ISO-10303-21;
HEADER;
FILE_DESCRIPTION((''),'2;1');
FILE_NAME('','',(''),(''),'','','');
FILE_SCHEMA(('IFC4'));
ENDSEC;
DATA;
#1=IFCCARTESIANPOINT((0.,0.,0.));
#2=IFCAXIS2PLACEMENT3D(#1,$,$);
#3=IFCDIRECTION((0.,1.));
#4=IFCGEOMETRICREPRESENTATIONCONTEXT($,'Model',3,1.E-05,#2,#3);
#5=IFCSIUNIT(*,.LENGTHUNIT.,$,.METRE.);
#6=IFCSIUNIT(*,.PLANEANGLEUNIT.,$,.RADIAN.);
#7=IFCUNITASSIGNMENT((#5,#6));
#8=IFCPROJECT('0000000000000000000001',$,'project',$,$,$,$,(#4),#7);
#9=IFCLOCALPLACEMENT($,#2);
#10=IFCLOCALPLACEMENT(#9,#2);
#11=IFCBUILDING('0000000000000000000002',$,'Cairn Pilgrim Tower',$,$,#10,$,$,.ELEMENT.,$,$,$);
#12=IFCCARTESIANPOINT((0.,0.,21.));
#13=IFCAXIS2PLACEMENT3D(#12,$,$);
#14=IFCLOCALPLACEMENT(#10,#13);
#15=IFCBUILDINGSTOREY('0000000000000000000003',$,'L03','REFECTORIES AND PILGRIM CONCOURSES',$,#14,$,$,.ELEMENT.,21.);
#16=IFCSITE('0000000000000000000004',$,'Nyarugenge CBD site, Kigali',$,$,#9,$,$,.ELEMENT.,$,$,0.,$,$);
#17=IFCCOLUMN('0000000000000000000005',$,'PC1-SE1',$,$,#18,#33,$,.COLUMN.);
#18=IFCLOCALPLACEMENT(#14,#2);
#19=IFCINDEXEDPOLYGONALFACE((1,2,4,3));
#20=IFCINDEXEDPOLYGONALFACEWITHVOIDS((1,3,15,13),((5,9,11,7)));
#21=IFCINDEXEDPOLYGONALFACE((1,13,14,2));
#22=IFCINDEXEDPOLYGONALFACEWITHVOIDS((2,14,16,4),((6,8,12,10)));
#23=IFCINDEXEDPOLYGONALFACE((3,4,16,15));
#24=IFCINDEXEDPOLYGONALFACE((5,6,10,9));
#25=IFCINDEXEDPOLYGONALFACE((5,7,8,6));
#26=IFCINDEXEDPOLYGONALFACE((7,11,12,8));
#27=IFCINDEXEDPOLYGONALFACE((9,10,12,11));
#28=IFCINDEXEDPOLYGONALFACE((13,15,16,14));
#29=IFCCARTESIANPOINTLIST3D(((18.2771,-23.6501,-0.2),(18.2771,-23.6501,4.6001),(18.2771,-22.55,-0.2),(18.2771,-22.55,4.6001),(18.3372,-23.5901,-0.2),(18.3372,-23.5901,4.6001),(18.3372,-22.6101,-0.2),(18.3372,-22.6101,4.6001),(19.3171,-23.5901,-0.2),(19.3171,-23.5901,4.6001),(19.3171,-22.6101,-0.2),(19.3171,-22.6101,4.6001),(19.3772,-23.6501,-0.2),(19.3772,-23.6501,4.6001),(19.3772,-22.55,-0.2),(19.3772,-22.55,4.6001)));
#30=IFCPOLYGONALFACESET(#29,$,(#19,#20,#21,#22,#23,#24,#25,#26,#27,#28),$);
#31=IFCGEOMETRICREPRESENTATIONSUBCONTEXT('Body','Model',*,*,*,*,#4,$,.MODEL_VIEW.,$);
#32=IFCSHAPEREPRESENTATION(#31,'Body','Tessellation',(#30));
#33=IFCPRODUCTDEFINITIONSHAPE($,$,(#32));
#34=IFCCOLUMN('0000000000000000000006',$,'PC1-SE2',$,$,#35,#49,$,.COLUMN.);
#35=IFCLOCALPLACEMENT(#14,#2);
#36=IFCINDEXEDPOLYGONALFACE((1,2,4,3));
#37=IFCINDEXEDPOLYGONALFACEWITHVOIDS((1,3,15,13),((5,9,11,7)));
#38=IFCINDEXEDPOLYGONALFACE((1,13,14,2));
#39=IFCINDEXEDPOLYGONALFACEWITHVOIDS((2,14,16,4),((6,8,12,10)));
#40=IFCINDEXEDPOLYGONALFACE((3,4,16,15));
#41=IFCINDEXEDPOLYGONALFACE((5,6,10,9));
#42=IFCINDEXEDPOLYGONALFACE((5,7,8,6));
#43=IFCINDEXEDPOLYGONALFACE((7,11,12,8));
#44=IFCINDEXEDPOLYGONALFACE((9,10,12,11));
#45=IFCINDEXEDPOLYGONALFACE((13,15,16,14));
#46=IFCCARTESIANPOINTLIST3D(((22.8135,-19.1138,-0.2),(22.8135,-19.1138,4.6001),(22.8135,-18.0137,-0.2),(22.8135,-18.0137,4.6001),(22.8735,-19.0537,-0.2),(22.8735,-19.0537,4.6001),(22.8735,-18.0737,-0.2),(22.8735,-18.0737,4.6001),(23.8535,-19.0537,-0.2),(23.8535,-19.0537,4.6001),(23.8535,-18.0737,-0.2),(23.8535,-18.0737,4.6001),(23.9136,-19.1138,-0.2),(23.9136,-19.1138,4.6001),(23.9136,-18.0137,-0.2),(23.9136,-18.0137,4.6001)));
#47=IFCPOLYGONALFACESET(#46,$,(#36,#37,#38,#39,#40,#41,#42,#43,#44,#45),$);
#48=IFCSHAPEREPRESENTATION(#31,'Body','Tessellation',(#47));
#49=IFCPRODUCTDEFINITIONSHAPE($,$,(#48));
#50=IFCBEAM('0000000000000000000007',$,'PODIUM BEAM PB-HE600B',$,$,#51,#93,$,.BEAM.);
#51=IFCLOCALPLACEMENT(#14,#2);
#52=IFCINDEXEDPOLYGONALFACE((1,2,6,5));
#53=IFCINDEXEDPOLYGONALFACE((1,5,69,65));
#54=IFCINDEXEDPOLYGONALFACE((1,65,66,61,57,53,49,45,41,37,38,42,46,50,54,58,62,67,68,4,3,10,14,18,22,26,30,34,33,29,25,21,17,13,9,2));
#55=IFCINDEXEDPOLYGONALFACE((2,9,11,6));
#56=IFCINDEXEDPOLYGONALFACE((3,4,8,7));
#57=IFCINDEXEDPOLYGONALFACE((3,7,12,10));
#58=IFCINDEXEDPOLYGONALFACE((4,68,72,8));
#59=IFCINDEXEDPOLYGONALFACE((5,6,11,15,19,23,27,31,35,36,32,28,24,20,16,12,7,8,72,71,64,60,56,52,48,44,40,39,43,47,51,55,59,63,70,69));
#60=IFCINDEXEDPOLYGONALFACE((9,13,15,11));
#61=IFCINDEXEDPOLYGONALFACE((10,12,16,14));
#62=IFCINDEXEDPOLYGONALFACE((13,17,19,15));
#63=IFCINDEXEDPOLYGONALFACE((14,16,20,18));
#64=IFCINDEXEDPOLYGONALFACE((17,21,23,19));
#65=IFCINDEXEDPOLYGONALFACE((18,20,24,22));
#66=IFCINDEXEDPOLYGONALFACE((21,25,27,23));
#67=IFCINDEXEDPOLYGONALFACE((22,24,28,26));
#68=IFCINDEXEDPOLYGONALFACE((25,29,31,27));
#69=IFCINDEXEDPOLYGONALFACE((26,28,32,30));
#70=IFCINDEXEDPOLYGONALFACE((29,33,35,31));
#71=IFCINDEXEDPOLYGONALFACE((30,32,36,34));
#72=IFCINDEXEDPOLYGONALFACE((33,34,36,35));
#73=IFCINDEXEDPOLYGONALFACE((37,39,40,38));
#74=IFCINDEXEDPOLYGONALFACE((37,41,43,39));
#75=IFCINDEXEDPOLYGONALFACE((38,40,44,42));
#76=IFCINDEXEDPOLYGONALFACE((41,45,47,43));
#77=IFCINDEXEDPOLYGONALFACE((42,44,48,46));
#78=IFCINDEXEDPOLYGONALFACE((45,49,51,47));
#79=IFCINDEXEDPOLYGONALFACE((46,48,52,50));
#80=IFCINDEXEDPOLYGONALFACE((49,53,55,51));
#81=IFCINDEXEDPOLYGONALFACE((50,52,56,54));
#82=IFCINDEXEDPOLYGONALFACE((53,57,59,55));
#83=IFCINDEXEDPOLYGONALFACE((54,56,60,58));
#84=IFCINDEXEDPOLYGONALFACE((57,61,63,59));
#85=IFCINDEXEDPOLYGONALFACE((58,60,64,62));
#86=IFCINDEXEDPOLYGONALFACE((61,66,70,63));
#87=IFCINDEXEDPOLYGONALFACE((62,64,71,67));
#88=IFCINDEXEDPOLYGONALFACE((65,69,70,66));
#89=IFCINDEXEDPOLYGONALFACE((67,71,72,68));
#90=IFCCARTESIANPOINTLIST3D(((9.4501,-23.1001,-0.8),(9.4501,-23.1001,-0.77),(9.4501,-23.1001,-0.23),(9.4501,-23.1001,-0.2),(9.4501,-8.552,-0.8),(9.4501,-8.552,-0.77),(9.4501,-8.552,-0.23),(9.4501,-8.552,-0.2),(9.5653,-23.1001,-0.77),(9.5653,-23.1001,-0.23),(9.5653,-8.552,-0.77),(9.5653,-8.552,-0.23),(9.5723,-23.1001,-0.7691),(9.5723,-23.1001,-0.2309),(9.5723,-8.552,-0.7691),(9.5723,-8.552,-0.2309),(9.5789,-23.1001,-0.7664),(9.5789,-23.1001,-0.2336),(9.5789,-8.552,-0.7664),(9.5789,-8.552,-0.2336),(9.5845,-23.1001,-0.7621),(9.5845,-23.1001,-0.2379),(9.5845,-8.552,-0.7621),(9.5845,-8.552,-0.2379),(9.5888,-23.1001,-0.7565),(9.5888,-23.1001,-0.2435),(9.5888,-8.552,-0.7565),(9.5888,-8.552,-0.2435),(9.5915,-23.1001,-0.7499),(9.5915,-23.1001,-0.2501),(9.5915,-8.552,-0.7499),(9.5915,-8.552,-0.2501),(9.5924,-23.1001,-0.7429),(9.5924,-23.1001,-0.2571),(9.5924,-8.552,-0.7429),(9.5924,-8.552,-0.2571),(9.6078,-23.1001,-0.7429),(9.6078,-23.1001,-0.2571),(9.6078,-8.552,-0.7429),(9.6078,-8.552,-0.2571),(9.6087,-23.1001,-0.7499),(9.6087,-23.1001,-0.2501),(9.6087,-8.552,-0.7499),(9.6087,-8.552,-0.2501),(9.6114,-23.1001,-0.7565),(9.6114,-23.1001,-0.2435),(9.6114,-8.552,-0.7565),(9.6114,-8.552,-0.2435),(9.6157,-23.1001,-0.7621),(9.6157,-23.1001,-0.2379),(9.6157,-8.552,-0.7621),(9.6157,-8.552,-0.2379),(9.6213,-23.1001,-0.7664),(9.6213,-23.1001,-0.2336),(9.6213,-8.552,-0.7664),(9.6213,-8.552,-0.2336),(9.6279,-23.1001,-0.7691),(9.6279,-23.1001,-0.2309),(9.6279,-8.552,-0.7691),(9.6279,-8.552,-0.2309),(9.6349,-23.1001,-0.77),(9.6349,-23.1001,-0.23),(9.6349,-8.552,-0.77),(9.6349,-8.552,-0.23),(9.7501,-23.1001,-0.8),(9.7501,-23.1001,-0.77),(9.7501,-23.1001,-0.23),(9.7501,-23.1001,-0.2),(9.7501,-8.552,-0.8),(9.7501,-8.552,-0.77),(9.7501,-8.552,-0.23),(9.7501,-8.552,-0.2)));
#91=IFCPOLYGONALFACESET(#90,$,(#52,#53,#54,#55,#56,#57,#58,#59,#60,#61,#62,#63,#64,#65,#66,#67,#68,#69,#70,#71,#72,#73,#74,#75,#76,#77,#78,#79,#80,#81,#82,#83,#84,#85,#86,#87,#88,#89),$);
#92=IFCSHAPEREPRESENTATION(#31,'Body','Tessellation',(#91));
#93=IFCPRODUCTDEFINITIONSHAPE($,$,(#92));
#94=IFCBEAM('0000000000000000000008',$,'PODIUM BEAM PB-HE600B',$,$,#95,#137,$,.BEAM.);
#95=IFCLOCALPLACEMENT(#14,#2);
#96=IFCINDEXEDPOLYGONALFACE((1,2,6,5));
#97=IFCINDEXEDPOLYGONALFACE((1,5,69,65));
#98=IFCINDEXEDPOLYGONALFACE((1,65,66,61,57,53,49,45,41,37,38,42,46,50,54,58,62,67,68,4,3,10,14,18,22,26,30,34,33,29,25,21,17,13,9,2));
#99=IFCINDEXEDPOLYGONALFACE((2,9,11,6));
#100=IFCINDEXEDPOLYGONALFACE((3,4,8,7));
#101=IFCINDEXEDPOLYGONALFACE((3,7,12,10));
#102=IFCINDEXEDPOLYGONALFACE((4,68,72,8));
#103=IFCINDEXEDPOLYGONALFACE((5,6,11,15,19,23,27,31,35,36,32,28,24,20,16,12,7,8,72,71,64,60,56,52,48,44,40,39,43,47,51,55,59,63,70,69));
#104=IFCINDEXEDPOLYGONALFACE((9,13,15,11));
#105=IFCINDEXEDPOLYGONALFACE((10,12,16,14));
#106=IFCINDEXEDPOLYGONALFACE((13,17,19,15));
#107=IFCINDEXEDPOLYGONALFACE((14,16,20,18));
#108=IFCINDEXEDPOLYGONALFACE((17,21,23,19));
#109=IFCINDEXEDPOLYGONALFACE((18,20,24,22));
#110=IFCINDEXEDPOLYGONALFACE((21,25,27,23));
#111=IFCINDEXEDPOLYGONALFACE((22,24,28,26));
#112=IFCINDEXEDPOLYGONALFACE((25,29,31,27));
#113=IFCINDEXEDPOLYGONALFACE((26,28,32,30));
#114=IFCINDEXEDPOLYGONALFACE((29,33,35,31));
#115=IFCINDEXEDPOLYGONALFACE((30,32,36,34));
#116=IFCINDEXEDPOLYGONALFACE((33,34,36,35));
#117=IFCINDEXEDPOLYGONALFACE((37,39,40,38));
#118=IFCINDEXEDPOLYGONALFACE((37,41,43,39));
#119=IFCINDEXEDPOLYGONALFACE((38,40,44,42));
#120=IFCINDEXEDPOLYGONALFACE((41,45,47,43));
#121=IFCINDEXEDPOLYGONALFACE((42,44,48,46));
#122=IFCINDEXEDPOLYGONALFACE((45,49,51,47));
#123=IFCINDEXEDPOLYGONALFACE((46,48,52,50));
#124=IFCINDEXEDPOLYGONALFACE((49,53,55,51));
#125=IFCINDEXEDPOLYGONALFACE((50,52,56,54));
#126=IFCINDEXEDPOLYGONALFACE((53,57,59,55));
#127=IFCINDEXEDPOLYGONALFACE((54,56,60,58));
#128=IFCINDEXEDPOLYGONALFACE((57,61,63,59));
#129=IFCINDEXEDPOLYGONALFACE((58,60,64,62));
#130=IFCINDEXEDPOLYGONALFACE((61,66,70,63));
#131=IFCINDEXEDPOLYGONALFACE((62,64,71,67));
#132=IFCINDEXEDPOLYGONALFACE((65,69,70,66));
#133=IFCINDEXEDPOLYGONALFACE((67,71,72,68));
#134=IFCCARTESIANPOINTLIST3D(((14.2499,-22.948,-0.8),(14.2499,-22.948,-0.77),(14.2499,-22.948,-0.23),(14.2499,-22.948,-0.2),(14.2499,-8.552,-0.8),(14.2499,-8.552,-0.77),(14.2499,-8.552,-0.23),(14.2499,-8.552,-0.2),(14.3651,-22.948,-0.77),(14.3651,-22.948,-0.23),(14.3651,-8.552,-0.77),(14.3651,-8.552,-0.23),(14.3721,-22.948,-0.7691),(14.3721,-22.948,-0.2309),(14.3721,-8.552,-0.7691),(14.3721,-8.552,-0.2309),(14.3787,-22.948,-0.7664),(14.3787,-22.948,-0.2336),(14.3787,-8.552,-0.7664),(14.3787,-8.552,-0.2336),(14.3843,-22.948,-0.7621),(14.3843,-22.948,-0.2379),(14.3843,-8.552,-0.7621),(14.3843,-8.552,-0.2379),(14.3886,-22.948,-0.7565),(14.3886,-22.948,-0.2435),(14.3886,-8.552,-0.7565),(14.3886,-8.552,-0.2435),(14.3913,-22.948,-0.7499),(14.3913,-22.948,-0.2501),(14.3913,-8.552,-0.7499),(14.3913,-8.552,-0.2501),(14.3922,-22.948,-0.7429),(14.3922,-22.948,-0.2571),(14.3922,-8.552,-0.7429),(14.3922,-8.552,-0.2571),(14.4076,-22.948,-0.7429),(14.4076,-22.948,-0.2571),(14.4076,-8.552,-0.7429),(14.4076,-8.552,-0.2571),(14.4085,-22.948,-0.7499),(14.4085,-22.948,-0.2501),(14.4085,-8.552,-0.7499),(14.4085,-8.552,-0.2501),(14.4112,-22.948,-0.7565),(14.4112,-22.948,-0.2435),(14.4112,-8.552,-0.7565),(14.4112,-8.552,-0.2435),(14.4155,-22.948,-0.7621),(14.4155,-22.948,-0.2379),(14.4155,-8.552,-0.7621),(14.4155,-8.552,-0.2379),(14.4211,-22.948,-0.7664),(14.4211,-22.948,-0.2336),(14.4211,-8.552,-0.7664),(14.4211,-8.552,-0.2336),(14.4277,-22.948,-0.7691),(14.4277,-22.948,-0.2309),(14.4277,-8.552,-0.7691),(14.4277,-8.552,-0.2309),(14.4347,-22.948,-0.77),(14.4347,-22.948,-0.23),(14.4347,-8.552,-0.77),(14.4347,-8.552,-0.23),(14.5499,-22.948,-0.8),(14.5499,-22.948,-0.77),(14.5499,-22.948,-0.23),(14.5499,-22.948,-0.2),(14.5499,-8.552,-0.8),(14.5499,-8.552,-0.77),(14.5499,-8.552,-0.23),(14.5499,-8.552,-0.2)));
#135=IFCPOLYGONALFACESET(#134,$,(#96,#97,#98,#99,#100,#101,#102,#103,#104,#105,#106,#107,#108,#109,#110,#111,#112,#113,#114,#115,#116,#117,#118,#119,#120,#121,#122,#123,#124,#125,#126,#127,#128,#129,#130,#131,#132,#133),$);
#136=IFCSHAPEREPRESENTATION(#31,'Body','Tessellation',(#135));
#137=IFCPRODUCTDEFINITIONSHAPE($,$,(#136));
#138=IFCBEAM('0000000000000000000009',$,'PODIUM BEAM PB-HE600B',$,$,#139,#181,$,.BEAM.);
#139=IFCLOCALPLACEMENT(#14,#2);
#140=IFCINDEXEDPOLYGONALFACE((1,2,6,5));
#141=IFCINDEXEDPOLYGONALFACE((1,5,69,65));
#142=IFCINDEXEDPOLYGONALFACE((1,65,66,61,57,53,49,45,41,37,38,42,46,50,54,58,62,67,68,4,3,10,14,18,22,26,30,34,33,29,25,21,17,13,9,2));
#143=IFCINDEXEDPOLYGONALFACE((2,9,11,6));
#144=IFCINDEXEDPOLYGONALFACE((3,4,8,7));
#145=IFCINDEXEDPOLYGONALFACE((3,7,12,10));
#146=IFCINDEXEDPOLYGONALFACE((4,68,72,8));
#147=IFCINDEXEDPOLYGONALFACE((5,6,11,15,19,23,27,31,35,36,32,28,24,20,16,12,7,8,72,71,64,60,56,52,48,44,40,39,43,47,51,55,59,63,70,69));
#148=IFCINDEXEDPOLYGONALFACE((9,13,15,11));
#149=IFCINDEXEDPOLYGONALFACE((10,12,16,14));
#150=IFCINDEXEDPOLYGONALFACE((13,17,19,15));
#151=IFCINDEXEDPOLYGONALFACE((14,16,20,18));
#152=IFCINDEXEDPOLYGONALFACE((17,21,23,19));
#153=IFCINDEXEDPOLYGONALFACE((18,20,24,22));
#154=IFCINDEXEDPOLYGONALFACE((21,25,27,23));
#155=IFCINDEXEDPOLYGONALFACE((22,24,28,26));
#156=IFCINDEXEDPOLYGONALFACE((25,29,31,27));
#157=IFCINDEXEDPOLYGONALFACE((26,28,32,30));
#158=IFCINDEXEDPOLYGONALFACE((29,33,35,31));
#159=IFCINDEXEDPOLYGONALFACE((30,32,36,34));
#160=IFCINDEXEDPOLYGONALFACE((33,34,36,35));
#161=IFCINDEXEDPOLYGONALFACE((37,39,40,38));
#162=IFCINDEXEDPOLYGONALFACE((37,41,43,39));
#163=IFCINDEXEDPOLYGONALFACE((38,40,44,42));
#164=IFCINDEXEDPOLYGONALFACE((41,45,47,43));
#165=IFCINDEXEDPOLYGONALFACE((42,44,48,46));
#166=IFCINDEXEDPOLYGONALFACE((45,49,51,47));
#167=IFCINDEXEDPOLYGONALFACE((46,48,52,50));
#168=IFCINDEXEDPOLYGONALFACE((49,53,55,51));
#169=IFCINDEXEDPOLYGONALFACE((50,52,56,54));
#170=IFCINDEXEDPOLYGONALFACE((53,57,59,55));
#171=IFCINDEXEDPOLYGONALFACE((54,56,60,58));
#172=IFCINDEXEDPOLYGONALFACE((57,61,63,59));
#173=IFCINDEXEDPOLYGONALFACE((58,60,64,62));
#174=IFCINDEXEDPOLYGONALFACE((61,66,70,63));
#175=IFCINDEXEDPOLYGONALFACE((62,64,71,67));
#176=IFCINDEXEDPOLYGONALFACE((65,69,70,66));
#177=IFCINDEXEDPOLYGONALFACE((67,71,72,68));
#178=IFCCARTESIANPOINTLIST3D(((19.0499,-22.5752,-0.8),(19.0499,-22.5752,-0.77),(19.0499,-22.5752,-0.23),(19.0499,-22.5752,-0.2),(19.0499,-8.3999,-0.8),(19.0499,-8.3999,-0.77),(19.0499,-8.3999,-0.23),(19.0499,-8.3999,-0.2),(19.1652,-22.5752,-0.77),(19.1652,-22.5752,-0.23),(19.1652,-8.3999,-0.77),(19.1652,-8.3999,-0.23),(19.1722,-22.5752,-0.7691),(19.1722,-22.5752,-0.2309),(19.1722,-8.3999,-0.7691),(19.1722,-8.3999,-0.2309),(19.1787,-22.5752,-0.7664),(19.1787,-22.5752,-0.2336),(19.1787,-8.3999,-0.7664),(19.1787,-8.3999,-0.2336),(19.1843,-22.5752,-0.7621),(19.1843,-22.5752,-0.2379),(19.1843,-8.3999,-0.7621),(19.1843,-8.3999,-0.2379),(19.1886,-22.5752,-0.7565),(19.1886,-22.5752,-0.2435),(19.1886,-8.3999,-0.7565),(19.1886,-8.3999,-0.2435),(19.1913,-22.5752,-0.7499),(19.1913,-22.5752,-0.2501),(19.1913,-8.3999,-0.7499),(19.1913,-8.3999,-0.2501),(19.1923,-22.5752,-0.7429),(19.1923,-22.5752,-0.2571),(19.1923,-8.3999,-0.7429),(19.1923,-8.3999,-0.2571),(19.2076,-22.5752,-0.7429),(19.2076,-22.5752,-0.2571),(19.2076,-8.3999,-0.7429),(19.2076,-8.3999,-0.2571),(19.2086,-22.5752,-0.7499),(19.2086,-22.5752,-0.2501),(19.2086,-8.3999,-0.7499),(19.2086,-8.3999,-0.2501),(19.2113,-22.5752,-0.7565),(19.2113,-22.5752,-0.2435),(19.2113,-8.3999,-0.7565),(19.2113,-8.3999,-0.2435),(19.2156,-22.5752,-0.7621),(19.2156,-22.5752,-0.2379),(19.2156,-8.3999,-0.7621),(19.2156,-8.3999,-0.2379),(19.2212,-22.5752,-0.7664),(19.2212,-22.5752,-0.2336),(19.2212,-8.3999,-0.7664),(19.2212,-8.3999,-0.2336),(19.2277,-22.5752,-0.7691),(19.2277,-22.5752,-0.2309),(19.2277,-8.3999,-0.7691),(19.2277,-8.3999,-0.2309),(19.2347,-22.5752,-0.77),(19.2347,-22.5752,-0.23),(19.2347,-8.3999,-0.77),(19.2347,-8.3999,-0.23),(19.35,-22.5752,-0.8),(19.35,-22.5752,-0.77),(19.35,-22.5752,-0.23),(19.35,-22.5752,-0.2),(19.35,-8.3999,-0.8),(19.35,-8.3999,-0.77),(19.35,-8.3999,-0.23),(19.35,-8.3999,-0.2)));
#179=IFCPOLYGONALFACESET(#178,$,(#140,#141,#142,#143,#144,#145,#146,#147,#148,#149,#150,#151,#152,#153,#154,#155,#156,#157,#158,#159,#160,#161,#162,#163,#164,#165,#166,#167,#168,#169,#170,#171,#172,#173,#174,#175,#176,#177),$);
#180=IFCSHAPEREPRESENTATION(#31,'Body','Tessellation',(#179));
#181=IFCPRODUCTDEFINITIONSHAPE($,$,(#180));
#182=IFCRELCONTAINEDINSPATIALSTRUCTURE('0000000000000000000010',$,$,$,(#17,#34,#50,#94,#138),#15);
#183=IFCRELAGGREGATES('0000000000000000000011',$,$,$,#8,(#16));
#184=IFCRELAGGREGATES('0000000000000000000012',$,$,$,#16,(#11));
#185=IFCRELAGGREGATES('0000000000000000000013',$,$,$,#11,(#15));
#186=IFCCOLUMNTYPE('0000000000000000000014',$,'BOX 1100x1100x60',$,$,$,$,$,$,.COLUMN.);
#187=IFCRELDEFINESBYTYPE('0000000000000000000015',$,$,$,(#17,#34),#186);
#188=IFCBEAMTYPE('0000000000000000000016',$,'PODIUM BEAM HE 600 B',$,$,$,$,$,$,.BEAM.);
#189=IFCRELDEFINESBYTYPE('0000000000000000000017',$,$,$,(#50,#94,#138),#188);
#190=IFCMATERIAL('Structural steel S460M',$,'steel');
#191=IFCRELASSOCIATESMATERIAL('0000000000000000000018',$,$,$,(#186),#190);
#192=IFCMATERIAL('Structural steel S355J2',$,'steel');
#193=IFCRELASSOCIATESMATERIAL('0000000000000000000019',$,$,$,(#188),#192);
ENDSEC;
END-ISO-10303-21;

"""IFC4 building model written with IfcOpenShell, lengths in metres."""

from ifc_helpers import new_model, si_unit, direction, frame, origin, origin_2d, place, context, subcontext, project, spatial, hollow_rectangle, i_section, extrude, material, material_profile, profile_set, type_object, element, save


model = new_model("IFC4")

# Units and contexts
model_context = context("Model", 3, precision=1e-05, world=origin(), true_north=direction((0.0, 1.0)))
body_context = subcontext(model_context, "Body", "Model", "MODEL_VIEW")
ifc_project = project(units=[si_unit("LENGTHUNIT", "METRE"), si_unit("PLANEANGLEUNIT", "RADIAN")], contexts=[model_context])

# Site, building, storey
site_placement = place(None, origin())
site = spatial("IfcSite", under=ifc_project, at=site_placement, Name="Nyarugenge CBD site, Kigali", CompositionType="ELEMENT", RefElevation=0.0)
building_placement = place(site_placement, origin())
building = spatial("IfcBuilding", under=site, at=building_placement, Name="Cairn Pilgrim Tower", CompositionType="ELEMENT")
storey_placement = place(building_placement, frame((0.0, 0.0, 21.0)))
storey = spatial("IfcBuildingStorey", under=building, at=storey_placement, Name="L03", Description="REFECTORIES AND PILGRIM CONCOURSES", CompositionType="ELEMENT", Elevation=21.0)

# Columns
ifc_material_1 = material(Name="Structural steel S460M", Category="steel")
ifc_material_profile_1 = material_profile(ifc_material_1, hollow_rectangle(XDim=1.1001, YDim=1.1001, WallThickness=0.0601, at=origin_2d()), Name="BOX 1100x1100x60")
ifc_profile_set_1 = profile_set([ifc_material_profile_1], Name="Structural steel S460M")
column_type = type_object("IfcColumnType", Name="BOX 1100x1100x60", PredefinedType="COLUMN", material=ifc_profile_set_1)
for number, where, z_axis, x_axis, name in (
    (1, (18.8271, -23.1001, -0.2), (0.0, 0.0, 1.0), (1.0, 0.0, 0.0), "PC1-SE1"),
    (2, (23.3635, -18.5637, -0.2), (0.0, 0.0, 1.0), (1.0, 0.0, 0.0), "PC1-SE2"),
):
    element("IfcColumn", number, at=place(storey_placement, frame(where, z_axis=z_axis, x_axis=x_axis)), inside=storey, type_object=column_type, Name=name, PredefinedType="COLUMN", context=body_context, shape_type="SweptSolid", body=[
        extrude(hollow_rectangle(XDim=1.1001, YDim=1.1001, WallThickness=0.0601, at=origin_2d()), origin(), (0.0, 0.0, 1.0), 4.8),
    ])

# Beams
ifc_material_2 = material(Name="Structural steel S355J2", Category="steel")
ifc_material_profile_2 = material_profile(ifc_material_2, i_section(OverallWidth=0.3, OverallDepth=0.6001, WebThickness=0.0154, FlangeThickness=0.03, FilletRadius=0.0271, at=origin_2d()), Name="HEB 600")
ifc_profile_set_2 = profile_set([ifc_material_profile_2], Name="Structural steel S355J2")
beam_type_1 = type_object("IfcBeamType", Name="PODIUM BEAM HE 600 B", PredefinedType="BEAM", material=ifc_profile_set_2)
beam_1_placement = place(storey_placement, frame((9.6001, -23.1001, -0.5), z_axis=(0.0, 1.0, 0.0), x_axis=(-1.0, 0.0, 0.0)))
element("IfcBeam", 3, at=beam_1_placement, inside=storey, type_object=beam_type_1, Name="PODIUM BEAM PB-HE600B", PredefinedType="BEAM", context=body_context, shape_type="SweptSolid", body=[
    extrude(i_section(OverallWidth=0.3, OverallDepth=0.6001, WebThickness=0.0154, FlangeThickness=0.03, FilletRadius=0.0271, at=origin_2d()), origin(), (0.0, 0.0, 1.0), 14.5481),
])
beam_2_placement = place(storey_placement, frame((14.3999, -22.948, -0.5), z_axis=(0.0, 1.0, 0.0), x_axis=(-1.0, 0.0, 0.0)))
element("IfcBeam", 4, at=beam_2_placement, inside=storey, type_object=beam_type_1, Name="PODIUM BEAM PB-HE600B", PredefinedType="BEAM", context=body_context, shape_type="SweptSolid", body=[
    extrude(i_section(OverallWidth=0.3, OverallDepth=0.6001, WebThickness=0.0154, FlangeThickness=0.03, FilletRadius=0.0271, at=origin_2d()), origin(), (0.0, 0.0, 1.0), 14.396),
])
beam_3_placement = place(storey_placement, frame((19.2, -22.5752, -0.5), z_axis=(0.0, 1.0, 0.0), x_axis=(-1.0, 0.0, 0.0)))
element("IfcBeam", 5, at=beam_3_placement, inside=storey, type_object=beam_type_1, Name="PODIUM BEAM PB-HE600B", PredefinedType="BEAM", context=body_context, shape_type="SweptSolid", body=[
    extrude(i_section(OverallWidth=0.3, OverallDepth=0.6001, WebThickness=0.0154, FlangeThickness=0.03, FilletRadius=0.0271, at=origin_2d()), origin(), (0.0, 0.0, 1.0), 14.1753),
])

save(model, "model.ifc")
